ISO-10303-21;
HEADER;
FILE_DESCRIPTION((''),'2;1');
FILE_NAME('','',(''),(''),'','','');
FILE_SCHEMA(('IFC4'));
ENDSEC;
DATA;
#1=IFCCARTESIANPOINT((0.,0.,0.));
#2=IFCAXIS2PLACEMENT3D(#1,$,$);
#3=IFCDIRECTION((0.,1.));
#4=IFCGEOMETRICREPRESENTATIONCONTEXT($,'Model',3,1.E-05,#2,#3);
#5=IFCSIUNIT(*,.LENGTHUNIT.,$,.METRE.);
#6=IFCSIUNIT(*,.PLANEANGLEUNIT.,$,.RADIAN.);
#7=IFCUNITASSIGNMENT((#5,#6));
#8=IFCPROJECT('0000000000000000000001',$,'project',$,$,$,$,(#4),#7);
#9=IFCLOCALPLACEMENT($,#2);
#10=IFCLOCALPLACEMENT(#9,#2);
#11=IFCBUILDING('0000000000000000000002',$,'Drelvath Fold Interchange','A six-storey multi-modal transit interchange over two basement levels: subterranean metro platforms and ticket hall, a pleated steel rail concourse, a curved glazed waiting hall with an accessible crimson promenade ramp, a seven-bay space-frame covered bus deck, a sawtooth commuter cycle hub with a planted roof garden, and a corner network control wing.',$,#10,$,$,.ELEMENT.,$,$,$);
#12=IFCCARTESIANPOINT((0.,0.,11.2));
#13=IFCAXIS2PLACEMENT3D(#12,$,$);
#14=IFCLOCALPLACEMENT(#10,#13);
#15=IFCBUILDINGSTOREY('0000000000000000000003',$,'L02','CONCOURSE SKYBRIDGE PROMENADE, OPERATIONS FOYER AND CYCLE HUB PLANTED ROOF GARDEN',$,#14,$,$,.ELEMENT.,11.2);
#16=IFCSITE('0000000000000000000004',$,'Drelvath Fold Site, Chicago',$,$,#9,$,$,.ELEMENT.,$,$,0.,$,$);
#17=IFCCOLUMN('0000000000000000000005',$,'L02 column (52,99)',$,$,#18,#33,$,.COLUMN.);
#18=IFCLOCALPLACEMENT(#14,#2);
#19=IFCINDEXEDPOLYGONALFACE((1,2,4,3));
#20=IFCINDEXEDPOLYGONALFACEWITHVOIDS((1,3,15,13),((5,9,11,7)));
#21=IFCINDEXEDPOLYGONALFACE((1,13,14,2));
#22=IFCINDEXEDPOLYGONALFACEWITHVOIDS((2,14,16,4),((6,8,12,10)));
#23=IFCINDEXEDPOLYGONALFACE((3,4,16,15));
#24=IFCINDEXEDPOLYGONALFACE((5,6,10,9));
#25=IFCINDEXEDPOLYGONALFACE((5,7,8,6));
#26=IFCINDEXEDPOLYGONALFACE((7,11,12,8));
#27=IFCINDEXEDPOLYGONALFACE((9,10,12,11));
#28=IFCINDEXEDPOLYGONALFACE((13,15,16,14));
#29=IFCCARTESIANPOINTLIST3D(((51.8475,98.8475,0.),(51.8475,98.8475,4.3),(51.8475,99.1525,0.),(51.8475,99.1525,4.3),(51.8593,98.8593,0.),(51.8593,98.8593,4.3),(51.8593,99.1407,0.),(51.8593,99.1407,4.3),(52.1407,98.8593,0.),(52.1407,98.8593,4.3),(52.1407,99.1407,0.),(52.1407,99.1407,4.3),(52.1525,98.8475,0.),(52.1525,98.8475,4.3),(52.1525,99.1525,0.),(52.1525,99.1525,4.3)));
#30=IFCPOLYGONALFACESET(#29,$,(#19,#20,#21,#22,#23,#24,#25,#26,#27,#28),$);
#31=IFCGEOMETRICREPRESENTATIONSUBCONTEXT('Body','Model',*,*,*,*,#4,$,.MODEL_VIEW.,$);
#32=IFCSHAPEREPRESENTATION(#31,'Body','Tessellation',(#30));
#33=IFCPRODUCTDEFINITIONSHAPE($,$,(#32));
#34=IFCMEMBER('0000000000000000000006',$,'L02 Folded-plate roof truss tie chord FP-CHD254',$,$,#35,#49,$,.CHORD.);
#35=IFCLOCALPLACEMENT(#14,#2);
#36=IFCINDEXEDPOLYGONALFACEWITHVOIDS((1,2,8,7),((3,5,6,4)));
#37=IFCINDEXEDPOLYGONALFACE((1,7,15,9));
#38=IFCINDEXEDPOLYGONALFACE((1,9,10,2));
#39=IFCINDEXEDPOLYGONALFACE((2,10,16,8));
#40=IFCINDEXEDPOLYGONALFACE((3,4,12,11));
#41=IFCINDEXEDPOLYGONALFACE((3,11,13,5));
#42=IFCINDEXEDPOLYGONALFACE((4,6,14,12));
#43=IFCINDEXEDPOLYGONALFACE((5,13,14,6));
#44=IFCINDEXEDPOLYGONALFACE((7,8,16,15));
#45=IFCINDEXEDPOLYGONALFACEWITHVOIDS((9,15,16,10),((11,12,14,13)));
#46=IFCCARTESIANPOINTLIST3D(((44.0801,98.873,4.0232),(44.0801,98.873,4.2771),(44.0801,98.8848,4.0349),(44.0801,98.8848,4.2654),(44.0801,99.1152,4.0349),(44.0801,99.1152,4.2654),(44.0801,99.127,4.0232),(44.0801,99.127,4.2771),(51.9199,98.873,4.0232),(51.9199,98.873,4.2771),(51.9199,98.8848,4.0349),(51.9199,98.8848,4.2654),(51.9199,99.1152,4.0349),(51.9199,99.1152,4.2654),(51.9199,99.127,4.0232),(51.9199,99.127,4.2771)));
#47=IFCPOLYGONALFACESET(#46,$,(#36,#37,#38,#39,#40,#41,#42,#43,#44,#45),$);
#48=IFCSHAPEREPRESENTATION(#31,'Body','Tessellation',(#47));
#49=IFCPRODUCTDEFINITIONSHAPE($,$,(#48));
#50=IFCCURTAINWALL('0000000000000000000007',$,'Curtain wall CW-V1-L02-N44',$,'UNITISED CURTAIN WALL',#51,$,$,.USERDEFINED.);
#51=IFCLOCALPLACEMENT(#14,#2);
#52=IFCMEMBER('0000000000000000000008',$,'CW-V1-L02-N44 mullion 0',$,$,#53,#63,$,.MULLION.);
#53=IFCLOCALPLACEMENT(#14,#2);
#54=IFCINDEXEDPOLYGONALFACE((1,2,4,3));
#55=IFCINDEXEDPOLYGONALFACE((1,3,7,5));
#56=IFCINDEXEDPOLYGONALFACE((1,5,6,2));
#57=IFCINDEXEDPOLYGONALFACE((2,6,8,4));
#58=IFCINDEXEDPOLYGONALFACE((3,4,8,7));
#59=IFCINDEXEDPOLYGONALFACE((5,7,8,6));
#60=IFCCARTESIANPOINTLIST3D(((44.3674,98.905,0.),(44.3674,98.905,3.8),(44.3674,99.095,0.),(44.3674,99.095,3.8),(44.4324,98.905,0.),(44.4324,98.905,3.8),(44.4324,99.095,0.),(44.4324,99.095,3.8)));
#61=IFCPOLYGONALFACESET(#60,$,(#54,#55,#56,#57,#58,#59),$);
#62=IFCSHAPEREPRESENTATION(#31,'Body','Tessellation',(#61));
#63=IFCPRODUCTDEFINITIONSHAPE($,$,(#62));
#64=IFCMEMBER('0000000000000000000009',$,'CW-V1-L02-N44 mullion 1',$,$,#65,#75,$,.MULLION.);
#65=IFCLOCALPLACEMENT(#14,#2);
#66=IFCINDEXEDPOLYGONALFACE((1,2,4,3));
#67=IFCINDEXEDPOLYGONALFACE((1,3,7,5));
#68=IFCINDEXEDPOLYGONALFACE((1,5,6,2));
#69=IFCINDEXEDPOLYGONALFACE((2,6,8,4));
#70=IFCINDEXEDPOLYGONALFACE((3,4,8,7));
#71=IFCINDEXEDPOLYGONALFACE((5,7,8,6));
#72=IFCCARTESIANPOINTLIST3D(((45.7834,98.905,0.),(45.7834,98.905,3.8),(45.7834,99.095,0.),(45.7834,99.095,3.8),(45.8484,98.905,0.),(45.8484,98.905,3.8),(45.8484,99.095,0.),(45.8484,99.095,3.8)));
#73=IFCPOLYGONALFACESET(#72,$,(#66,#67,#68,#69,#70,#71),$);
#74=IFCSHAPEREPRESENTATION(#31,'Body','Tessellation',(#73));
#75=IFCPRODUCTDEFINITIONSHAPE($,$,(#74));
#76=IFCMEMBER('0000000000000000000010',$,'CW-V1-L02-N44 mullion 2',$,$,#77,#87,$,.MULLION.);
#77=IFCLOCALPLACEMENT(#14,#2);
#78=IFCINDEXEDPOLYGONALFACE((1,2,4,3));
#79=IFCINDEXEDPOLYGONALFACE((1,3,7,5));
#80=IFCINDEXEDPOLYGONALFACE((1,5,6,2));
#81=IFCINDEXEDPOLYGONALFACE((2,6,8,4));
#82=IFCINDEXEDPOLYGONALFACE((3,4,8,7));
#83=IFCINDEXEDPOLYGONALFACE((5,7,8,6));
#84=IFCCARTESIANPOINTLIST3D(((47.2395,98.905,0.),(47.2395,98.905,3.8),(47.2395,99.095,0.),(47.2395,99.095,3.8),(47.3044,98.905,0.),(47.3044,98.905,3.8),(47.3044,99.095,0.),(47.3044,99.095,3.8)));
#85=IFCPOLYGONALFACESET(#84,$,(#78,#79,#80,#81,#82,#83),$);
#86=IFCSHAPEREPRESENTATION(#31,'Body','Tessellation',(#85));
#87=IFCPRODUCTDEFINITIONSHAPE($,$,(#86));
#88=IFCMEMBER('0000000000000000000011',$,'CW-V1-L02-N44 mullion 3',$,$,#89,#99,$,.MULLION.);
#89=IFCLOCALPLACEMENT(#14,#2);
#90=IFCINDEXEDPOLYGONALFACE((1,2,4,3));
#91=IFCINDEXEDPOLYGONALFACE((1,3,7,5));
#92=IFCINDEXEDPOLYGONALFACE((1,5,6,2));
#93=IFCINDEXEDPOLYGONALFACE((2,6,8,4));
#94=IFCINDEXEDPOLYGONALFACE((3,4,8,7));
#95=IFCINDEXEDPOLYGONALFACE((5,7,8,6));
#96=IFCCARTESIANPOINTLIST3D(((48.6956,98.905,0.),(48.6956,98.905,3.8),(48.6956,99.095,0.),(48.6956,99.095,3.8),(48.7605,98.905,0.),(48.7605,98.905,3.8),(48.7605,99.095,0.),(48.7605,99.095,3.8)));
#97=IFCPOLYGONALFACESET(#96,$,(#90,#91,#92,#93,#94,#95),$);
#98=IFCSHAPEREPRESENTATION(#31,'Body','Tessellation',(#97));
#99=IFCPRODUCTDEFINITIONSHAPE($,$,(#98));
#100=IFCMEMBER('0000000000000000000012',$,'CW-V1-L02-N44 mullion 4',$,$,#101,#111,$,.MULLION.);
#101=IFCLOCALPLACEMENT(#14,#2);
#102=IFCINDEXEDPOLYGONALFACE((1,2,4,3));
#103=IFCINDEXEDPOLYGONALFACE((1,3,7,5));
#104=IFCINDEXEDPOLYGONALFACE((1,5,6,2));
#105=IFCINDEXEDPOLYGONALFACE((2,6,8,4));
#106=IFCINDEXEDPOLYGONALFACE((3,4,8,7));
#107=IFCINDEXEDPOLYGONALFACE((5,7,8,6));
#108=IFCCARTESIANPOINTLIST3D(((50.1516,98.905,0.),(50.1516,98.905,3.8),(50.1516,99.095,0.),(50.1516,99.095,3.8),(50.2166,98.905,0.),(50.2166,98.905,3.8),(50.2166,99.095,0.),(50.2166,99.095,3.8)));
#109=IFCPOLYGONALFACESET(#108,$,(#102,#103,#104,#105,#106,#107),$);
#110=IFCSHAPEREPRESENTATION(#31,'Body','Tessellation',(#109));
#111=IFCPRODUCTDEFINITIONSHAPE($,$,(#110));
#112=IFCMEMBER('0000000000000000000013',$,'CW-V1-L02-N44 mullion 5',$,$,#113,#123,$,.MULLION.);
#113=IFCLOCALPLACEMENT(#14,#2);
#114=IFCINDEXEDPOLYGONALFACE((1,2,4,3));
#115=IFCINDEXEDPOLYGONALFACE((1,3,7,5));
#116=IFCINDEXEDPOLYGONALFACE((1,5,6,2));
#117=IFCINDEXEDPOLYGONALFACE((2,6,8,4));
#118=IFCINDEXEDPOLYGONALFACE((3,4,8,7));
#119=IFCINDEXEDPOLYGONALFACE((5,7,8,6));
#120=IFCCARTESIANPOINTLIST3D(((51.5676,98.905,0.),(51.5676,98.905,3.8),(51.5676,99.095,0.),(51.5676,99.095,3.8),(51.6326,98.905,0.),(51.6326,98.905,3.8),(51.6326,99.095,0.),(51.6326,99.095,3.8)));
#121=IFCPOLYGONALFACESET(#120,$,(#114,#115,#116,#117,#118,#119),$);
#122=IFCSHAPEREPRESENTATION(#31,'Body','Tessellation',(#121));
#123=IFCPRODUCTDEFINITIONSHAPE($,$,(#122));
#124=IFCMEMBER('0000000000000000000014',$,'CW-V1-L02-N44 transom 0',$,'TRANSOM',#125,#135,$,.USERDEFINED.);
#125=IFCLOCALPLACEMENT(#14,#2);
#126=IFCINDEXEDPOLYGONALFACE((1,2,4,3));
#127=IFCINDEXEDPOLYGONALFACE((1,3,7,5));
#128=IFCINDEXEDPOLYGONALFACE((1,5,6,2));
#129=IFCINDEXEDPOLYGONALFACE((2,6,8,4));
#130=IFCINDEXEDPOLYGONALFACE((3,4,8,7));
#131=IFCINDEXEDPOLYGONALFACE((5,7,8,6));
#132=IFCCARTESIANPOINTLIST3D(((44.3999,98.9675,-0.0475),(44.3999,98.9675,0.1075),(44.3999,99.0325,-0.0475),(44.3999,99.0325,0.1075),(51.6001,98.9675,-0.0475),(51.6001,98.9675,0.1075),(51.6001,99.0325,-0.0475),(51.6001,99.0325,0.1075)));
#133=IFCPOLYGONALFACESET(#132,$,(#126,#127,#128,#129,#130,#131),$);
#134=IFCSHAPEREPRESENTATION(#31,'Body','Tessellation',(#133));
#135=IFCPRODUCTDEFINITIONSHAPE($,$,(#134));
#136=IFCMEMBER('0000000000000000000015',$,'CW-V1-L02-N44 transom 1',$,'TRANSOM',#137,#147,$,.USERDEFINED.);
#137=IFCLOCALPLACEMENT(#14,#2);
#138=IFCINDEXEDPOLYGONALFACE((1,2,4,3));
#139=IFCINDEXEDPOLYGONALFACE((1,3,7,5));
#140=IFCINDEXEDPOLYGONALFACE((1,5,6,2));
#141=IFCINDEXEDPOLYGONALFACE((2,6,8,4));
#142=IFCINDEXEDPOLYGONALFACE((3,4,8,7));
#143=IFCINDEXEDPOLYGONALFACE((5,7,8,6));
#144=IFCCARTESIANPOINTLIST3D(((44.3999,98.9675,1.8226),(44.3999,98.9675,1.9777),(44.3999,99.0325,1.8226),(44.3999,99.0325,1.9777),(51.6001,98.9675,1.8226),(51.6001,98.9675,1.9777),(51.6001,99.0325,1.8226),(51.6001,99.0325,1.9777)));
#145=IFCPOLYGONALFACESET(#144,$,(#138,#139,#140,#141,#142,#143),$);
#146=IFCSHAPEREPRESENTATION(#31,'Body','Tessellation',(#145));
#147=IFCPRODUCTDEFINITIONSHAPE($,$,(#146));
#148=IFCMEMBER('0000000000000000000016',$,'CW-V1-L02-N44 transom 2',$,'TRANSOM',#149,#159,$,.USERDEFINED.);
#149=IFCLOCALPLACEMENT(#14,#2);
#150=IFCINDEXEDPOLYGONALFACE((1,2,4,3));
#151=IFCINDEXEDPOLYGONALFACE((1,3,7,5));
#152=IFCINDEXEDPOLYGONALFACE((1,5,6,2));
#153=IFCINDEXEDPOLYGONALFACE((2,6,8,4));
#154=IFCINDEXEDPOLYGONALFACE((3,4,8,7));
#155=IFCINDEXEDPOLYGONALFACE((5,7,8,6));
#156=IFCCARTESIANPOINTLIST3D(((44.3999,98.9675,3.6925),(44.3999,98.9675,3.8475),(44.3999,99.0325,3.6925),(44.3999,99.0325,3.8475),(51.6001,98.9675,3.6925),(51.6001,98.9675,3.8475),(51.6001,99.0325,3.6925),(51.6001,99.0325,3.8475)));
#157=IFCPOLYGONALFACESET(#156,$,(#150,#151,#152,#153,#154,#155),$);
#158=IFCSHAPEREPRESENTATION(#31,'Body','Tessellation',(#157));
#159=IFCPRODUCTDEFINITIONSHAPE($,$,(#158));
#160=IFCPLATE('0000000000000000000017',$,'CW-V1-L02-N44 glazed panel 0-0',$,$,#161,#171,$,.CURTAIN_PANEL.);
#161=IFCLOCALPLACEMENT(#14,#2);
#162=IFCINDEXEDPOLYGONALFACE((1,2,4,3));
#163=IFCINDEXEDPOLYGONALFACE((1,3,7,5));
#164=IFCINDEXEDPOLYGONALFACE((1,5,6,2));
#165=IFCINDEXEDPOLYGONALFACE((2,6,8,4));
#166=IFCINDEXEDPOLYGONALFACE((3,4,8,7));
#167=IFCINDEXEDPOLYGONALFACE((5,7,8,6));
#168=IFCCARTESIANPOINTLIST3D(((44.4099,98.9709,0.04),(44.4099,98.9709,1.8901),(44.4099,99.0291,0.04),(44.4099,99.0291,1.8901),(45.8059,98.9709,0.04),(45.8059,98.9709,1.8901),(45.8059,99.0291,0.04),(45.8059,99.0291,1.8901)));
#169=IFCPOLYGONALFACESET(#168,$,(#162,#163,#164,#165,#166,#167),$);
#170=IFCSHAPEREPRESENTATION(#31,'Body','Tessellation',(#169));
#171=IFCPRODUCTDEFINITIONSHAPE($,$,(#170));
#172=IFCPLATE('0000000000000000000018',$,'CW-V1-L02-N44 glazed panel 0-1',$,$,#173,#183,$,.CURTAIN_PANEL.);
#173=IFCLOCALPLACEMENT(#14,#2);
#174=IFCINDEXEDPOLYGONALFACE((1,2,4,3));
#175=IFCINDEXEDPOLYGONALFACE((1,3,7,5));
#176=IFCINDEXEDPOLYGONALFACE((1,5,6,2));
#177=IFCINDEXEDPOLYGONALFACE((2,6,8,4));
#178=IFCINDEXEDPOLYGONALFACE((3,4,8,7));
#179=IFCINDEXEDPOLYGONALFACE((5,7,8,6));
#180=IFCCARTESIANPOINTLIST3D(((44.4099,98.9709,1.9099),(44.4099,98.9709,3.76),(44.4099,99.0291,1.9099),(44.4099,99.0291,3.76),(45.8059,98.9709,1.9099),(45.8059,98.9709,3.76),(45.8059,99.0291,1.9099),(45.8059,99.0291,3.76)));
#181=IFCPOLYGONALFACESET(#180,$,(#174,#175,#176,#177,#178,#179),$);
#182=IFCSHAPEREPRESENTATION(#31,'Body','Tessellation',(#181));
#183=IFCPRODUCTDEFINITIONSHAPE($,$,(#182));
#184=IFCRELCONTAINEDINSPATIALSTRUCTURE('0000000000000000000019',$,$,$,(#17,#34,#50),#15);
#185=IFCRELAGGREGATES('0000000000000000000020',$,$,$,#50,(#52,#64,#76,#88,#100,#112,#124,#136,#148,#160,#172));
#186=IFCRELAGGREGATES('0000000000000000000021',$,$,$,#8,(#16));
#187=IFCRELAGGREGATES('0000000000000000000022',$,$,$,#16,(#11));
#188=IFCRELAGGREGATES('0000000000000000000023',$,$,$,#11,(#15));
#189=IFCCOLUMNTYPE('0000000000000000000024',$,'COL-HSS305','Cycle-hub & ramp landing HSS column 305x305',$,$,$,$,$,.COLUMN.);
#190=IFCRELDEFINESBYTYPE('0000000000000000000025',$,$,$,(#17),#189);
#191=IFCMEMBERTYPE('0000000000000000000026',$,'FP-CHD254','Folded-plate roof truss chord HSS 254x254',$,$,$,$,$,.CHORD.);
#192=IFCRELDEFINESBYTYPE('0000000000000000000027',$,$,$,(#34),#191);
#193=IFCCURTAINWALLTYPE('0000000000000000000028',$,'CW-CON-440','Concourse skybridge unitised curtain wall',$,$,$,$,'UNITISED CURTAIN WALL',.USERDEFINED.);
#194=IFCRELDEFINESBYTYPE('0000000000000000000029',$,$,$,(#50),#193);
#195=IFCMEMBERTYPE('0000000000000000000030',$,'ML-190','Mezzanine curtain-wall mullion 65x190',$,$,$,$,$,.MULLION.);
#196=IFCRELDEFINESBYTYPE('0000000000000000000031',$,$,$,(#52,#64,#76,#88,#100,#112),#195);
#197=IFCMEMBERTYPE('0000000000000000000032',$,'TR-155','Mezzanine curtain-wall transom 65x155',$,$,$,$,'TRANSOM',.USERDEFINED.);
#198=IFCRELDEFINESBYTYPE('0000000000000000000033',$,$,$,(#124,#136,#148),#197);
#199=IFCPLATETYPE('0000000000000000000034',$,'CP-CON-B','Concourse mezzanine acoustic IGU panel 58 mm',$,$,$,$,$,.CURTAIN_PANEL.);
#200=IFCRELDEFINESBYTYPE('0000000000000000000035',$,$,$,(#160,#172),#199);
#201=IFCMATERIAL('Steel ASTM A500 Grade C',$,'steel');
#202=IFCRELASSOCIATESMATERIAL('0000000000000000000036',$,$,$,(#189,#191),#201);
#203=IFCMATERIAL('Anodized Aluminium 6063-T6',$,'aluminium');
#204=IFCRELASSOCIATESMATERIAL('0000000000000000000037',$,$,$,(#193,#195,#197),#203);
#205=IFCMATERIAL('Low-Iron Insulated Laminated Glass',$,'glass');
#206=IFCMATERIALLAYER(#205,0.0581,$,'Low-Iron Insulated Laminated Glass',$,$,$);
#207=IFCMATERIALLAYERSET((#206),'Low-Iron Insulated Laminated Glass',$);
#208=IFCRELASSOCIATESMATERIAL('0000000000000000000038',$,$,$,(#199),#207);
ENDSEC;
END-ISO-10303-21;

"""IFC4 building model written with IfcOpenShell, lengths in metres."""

from ifc_helpers import new_model, si_unit, direction, frame, origin, origin_2d, place, context, subcontext, project, spatial, rectangle, hollow_rectangle, extrude, material, layer, layer_set, material_profile, profile_set, type_object, element, aggregate, save


model = new_model("IFC4")

# Units and contexts
model_context = context("Model", 3, precision=1e-05, world=origin(), true_north=direction((0.0, 1.0)))
body_context = subcontext(model_context, "Body", "Model", "MODEL_VIEW")
ifc_project = project(units=[si_unit("LENGTHUNIT", "METRE"), si_unit("PLANEANGLEUNIT", "RADIAN")], contexts=[model_context])

# Site, building, storey
site_placement = place(None, origin())
site = spatial("IfcSite", under=ifc_project, at=site_placement, Name="Drelvath Fold Site, Chicago", CompositionType="ELEMENT", RefElevation=0.0)
building_placement = place(site_placement, origin())
building = spatial("IfcBuilding", under=site, at=building_placement, Name="Drelvath Fold Interchange", Description="A six-storey multi-modal transit interchange over two basement levels: subterranean metro platforms and ticket hall, a pleated steel rail concourse, a curved glazed waiting hall with an accessible crimson promenade ramp, a seven-bay space-frame covered bus deck, a sawtooth commuter cycle hub with a planted roof garden, and a corner network control wing.", CompositionType="ELEMENT")
storey_placement = place(building_placement, frame((0.0, 0.0, 11.2)))
storey = spatial("IfcBuildingStorey", under=building, at=storey_placement, Name="L02", Description="CONCOURSE SKYBRIDGE PROMENADE, OPERATIONS FOYER AND CYCLE HUB PLANTED ROOF GARDEN", CompositionType="ELEMENT", Elevation=11.2)

# Column
ifc_material_1 = material(Name="Steel ASTM A500 Grade C", Category="steel")
ifc_material_profile_1 = material_profile(ifc_material_1, hollow_rectangle(XDim=0.3049, YDim=0.3049, WallThickness=0.0117, at=origin_2d()), Name="HSS12X12X1/2")
ifc_profile_set_1 = profile_set([ifc_material_profile_1], Name="Steel ASTM A500 Grade C")
column_type = type_object("IfcColumnType", Name="COL-HSS305", Description="Cycle-hub & ramp landing HSS column 305x305", PredefinedType="COLUMN", material=ifc_profile_set_1)
column_placement = place(storey_placement, frame((52.0, 99.0, 0.0), z_axis=(0.0, 0.0, 1.0), x_axis=(1.0, 0.0, 0.0)))
element("IfcColumn", 1, at=column_placement, inside=storey, type_object=column_type, Name="L02 column (52,99)", PredefinedType="COLUMN", context=body_context, shape_type="SweptSolid", body=[
    extrude(hollow_rectangle(XDim=0.3049, YDim=0.3049, WallThickness=0.0117, at=origin_2d()), origin(), (0.0, 0.0, 1.0), 4.3),
])

# Member
ifc_material_profile_2 = material_profile(ifc_material_1, hollow_rectangle(XDim=0.2539, YDim=0.2539, WallThickness=0.0117, at=origin_2d()), Name="HSS10X10X1/2")
ifc_profile_set_2 = profile_set([ifc_material_profile_2], Name="Steel ASTM A500 Grade C")
member_type_1 = type_object("IfcMemberType", Name="FP-CHD254", Description="Folded-plate roof truss chord HSS 254x254", PredefinedType="CHORD", material=ifc_profile_set_2)
member_1_placement = place(storey_placement, frame((44.0801, 99.0, 4.1501), z_axis=(1.0, 0.0, 0.0), x_axis=(0.0, 1.0, 0.0)))
element("IfcMember", 2, at=member_1_placement, inside=storey, type_object=member_type_1, Name="L02 Folded-plate roof truss tie chord FP-CHD254", PredefinedType="CHORD", context=body_context, shape_type="SweptSolid", body=[
    extrude(hollow_rectangle(XDim=0.2539, YDim=0.2539, WallThickness=0.0117, at=origin_2d()), origin(), (0.0, 0.0, 1.0), 7.8398),
])

# Curtain wall, members, plates
ifc_material_2 = material(Name="Anodized Aluminium 6063-T6", Category="aluminium")
curtain_wall_type = type_object("IfcCurtainWallType", Name="CW-CON-440", Description="Concourse skybridge unitised curtain wall", ElementType="UNITISED CURTAIN WALL", PredefinedType="USERDEFINED", material=ifc_material_2)
curtain_wall_placement = place(storey_placement, origin())
curtain_wall = element("IfcCurtainWall", 3, at=curtain_wall_placement, inside=storey, type_object=curtain_wall_type, Name="Curtain wall CW-V1-L02-N44", ObjectType="UNITISED CURTAIN WALL", PredefinedType="USERDEFINED")
ifc_material_profile_3 = material_profile(ifc_material_2, rectangle(XDim=0.0649, YDim=0.1899, at=origin_2d()), Name="AL-M 65x190")
ifc_profile_set_3 = profile_set([ifc_material_profile_3], Name="Anodized Aluminium 6063-T6")
member_type_2 = type_object("IfcMemberType", Name="ML-190", Description="Mezzanine curtain-wall mullion 65x190", PredefinedType="MULLION", material=ifc_profile_set_3)
member_2_placement = place(storey_placement, frame((44.3999, 99.0, 0.0), z_axis=(0.0, 0.0, 1.0), x_axis=(1.0, 0.0, 0.0)))
member_2 = element("IfcMember", 4, at=member_2_placement, type_object=member_type_2, Name="CW-V1-L02-N44 mullion 0", PredefinedType="MULLION", context=body_context, shape_type="SweptSolid", body=[
    extrude(rectangle(XDim=0.0649, YDim=0.1899, at=origin_2d()), origin(), (0.0, 0.0, 1.0), 3.8),
])
member_3_placement = place(storey_placement, frame((45.8159, 99.0, 0.0), z_axis=(0.0, 0.0, 1.0), x_axis=(1.0, 0.0, 0.0)))
member_3 = element("IfcMember", 5, at=member_3_placement, type_object=member_type_2, Name="CW-V1-L02-N44 mullion 1", PredefinedType="MULLION", context=body_context, shape_type="SweptSolid", body=[
    extrude(rectangle(XDim=0.0649, YDim=0.1899, at=origin_2d()), origin(), (0.0, 0.0, 1.0), 3.8),
])
member_4_placement = place(storey_placement, frame((47.272, 99.0, 0.0), z_axis=(0.0, 0.0, 1.0), x_axis=(1.0, 0.0, 0.0)))
member_4 = element("IfcMember", 6, at=member_4_placement, type_object=member_type_2, Name="CW-V1-L02-N44 mullion 2", PredefinedType="MULLION", context=body_context, shape_type="SweptSolid", body=[
    extrude(rectangle(XDim=0.0649, YDim=0.1899, at=origin_2d()), origin(), (0.0, 0.0, 1.0), 3.8),
])
member_5_placement = place(storey_placement, frame((48.728, 99.0, 0.0), z_axis=(0.0, 0.0, 1.0), x_axis=(1.0, 0.0, 0.0)))
member_5 = element("IfcMember", 7, at=member_5_placement, type_object=member_type_2, Name="CW-V1-L02-N44 mullion 3", PredefinedType="MULLION", context=body_context, shape_type="SweptSolid", body=[
    extrude(rectangle(XDim=0.0649, YDim=0.1899, at=origin_2d()), origin(), (0.0, 0.0, 1.0), 3.8),
])
member_6_placement = place(storey_placement, frame((50.1841, 99.0, 0.0), z_axis=(0.0, 0.0, 1.0), x_axis=(1.0, 0.0, 0.0)))
member_6 = element("IfcMember", 8, at=member_6_placement, type_object=member_type_2, Name="CW-V1-L02-N44 mullion 4", PredefinedType="MULLION", context=body_context, shape_type="SweptSolid", body=[
    extrude(rectangle(XDim=0.0649, YDim=0.1899, at=origin_2d()), origin(), (0.0, 0.0, 1.0), 3.8),
])
member_7_placement = place(storey_placement, frame((51.6001, 99.0, 0.0), z_axis=(0.0, 0.0, 1.0), x_axis=(1.0, 0.0, 0.0)))
member_7 = element("IfcMember", 9, at=member_7_placement, type_object=member_type_2, Name="CW-V1-L02-N44 mullion 5", PredefinedType="MULLION", context=body_context, shape_type="SweptSolid", body=[
    extrude(rectangle(XDim=0.0649, YDim=0.1899, at=origin_2d()), origin(), (0.0, 0.0, 1.0), 3.8),
])
ifc_material_profile_4 = material_profile(ifc_material_2, rectangle(XDim=0.0649, YDim=0.155, at=origin_2d()), Name="AL-T 65x155")
ifc_profile_set_4 = profile_set([ifc_material_profile_4], Name="Anodized Aluminium 6063-T6")
member_type_3 = type_object("IfcMemberType", Name="TR-155", Description="Mezzanine curtain-wall transom 65x155", ElementType="TRANSOM", PredefinedType="USERDEFINED", material=ifc_profile_set_4)
member_8_placement = place(storey_placement, frame((44.3999, 99.0, 0.03), z_axis=(1.0, 0.0, 0.0), x_axis=(0.0, 1.0, 0.0)))
member_8 = element("IfcMember", 10, at=member_8_placement, type_object=member_type_3, Name="CW-V1-L02-N44 transom 0", ObjectType="TRANSOM", PredefinedType="USERDEFINED", context=body_context, shape_type="SweptSolid", body=[
    extrude(rectangle(XDim=0.0649, YDim=0.155, at=origin_2d()), origin(), (0.0, 0.0, 1.0), 7.2002),
])
member_9_placement = place(storey_placement, frame((44.3999, 99.0, 1.9001), z_axis=(1.0, 0.0, 0.0), x_axis=(0.0, 1.0, 0.0)))
member_9 = element("IfcMember", 11, at=member_9_placement, type_object=member_type_3, Name="CW-V1-L02-N44 transom 1", ObjectType="TRANSOM", PredefinedType="USERDEFINED", context=body_context, shape_type="SweptSolid", body=[
    extrude(rectangle(XDim=0.0649, YDim=0.155, at=origin_2d()), origin(), (0.0, 0.0, 1.0), 7.2002),
])
member_10_placement = place(storey_placement, frame((44.3999, 99.0, 3.77), z_axis=(1.0, 0.0, 0.0), x_axis=(0.0, 1.0, 0.0)))
member_10 = element("IfcMember", 12, at=member_10_placement, type_object=member_type_3, Name="CW-V1-L02-N44 transom 2", ObjectType="TRANSOM", PredefinedType="USERDEFINED", context=body_context, shape_type="SweptSolid", body=[
    extrude(rectangle(XDim=0.0649, YDim=0.155, at=origin_2d()), origin(), (0.0, 0.0, 1.0), 7.2002),
])
ifc_material_3 = material(Name="Low-Iron Insulated Laminated Glass", Category="glass")
ifc_layer = layer(ifc_material_3, 0.0581, Name="Low-Iron Insulated Laminated Glass")
ifc_layer_set = layer_set([ifc_layer], Name="Low-Iron Insulated Laminated Glass")
plate_type = type_object("IfcPlateType", Name="CP-CON-B", Description="Concourse mezzanine acoustic IGU panel 58 mm", PredefinedType="CURTAIN_PANEL", material=ifc_layer_set)
plate_1_placement = place(storey_placement, frame((45.1079, 99.0, 0.04), z_axis=(0.0, 0.0, 1.0), x_axis=(1.0, 0.0, 0.0)))
plate_1 = element("IfcPlate", 13, at=plate_1_placement, type_object=plate_type, Name="CW-V1-L02-N44 glazed panel 0-0", PredefinedType="CURTAIN_PANEL", context=body_context, shape_type="SweptSolid", body=[
    extrude(rectangle(XDim=1.396, YDim=0.0581, at=origin_2d()), origin(), (0.0, 0.0, 1.0), 1.8501),
])
plate_2_placement = place(storey_placement, frame((45.1079, 99.0, 1.9099), z_axis=(0.0, 0.0, 1.0), x_axis=(1.0, 0.0, 0.0)))
plate_2 = element("IfcPlate", 14, at=plate_2_placement, type_object=plate_type, Name="CW-V1-L02-N44 glazed panel 0-1", PredefinedType="CURTAIN_PANEL", context=body_context, shape_type="SweptSolid", body=[
    extrude(rectangle(XDim=1.396, YDim=0.0581, at=origin_2d()), origin(), (0.0, 0.0, 1.0), 1.8501),
])
aggregate(curtain_wall, [member_2, member_3, member_4, member_5, member_6, member_7, member_8, member_9, member_10, plate_1, plate_2])

save(model, "model.ifc")
